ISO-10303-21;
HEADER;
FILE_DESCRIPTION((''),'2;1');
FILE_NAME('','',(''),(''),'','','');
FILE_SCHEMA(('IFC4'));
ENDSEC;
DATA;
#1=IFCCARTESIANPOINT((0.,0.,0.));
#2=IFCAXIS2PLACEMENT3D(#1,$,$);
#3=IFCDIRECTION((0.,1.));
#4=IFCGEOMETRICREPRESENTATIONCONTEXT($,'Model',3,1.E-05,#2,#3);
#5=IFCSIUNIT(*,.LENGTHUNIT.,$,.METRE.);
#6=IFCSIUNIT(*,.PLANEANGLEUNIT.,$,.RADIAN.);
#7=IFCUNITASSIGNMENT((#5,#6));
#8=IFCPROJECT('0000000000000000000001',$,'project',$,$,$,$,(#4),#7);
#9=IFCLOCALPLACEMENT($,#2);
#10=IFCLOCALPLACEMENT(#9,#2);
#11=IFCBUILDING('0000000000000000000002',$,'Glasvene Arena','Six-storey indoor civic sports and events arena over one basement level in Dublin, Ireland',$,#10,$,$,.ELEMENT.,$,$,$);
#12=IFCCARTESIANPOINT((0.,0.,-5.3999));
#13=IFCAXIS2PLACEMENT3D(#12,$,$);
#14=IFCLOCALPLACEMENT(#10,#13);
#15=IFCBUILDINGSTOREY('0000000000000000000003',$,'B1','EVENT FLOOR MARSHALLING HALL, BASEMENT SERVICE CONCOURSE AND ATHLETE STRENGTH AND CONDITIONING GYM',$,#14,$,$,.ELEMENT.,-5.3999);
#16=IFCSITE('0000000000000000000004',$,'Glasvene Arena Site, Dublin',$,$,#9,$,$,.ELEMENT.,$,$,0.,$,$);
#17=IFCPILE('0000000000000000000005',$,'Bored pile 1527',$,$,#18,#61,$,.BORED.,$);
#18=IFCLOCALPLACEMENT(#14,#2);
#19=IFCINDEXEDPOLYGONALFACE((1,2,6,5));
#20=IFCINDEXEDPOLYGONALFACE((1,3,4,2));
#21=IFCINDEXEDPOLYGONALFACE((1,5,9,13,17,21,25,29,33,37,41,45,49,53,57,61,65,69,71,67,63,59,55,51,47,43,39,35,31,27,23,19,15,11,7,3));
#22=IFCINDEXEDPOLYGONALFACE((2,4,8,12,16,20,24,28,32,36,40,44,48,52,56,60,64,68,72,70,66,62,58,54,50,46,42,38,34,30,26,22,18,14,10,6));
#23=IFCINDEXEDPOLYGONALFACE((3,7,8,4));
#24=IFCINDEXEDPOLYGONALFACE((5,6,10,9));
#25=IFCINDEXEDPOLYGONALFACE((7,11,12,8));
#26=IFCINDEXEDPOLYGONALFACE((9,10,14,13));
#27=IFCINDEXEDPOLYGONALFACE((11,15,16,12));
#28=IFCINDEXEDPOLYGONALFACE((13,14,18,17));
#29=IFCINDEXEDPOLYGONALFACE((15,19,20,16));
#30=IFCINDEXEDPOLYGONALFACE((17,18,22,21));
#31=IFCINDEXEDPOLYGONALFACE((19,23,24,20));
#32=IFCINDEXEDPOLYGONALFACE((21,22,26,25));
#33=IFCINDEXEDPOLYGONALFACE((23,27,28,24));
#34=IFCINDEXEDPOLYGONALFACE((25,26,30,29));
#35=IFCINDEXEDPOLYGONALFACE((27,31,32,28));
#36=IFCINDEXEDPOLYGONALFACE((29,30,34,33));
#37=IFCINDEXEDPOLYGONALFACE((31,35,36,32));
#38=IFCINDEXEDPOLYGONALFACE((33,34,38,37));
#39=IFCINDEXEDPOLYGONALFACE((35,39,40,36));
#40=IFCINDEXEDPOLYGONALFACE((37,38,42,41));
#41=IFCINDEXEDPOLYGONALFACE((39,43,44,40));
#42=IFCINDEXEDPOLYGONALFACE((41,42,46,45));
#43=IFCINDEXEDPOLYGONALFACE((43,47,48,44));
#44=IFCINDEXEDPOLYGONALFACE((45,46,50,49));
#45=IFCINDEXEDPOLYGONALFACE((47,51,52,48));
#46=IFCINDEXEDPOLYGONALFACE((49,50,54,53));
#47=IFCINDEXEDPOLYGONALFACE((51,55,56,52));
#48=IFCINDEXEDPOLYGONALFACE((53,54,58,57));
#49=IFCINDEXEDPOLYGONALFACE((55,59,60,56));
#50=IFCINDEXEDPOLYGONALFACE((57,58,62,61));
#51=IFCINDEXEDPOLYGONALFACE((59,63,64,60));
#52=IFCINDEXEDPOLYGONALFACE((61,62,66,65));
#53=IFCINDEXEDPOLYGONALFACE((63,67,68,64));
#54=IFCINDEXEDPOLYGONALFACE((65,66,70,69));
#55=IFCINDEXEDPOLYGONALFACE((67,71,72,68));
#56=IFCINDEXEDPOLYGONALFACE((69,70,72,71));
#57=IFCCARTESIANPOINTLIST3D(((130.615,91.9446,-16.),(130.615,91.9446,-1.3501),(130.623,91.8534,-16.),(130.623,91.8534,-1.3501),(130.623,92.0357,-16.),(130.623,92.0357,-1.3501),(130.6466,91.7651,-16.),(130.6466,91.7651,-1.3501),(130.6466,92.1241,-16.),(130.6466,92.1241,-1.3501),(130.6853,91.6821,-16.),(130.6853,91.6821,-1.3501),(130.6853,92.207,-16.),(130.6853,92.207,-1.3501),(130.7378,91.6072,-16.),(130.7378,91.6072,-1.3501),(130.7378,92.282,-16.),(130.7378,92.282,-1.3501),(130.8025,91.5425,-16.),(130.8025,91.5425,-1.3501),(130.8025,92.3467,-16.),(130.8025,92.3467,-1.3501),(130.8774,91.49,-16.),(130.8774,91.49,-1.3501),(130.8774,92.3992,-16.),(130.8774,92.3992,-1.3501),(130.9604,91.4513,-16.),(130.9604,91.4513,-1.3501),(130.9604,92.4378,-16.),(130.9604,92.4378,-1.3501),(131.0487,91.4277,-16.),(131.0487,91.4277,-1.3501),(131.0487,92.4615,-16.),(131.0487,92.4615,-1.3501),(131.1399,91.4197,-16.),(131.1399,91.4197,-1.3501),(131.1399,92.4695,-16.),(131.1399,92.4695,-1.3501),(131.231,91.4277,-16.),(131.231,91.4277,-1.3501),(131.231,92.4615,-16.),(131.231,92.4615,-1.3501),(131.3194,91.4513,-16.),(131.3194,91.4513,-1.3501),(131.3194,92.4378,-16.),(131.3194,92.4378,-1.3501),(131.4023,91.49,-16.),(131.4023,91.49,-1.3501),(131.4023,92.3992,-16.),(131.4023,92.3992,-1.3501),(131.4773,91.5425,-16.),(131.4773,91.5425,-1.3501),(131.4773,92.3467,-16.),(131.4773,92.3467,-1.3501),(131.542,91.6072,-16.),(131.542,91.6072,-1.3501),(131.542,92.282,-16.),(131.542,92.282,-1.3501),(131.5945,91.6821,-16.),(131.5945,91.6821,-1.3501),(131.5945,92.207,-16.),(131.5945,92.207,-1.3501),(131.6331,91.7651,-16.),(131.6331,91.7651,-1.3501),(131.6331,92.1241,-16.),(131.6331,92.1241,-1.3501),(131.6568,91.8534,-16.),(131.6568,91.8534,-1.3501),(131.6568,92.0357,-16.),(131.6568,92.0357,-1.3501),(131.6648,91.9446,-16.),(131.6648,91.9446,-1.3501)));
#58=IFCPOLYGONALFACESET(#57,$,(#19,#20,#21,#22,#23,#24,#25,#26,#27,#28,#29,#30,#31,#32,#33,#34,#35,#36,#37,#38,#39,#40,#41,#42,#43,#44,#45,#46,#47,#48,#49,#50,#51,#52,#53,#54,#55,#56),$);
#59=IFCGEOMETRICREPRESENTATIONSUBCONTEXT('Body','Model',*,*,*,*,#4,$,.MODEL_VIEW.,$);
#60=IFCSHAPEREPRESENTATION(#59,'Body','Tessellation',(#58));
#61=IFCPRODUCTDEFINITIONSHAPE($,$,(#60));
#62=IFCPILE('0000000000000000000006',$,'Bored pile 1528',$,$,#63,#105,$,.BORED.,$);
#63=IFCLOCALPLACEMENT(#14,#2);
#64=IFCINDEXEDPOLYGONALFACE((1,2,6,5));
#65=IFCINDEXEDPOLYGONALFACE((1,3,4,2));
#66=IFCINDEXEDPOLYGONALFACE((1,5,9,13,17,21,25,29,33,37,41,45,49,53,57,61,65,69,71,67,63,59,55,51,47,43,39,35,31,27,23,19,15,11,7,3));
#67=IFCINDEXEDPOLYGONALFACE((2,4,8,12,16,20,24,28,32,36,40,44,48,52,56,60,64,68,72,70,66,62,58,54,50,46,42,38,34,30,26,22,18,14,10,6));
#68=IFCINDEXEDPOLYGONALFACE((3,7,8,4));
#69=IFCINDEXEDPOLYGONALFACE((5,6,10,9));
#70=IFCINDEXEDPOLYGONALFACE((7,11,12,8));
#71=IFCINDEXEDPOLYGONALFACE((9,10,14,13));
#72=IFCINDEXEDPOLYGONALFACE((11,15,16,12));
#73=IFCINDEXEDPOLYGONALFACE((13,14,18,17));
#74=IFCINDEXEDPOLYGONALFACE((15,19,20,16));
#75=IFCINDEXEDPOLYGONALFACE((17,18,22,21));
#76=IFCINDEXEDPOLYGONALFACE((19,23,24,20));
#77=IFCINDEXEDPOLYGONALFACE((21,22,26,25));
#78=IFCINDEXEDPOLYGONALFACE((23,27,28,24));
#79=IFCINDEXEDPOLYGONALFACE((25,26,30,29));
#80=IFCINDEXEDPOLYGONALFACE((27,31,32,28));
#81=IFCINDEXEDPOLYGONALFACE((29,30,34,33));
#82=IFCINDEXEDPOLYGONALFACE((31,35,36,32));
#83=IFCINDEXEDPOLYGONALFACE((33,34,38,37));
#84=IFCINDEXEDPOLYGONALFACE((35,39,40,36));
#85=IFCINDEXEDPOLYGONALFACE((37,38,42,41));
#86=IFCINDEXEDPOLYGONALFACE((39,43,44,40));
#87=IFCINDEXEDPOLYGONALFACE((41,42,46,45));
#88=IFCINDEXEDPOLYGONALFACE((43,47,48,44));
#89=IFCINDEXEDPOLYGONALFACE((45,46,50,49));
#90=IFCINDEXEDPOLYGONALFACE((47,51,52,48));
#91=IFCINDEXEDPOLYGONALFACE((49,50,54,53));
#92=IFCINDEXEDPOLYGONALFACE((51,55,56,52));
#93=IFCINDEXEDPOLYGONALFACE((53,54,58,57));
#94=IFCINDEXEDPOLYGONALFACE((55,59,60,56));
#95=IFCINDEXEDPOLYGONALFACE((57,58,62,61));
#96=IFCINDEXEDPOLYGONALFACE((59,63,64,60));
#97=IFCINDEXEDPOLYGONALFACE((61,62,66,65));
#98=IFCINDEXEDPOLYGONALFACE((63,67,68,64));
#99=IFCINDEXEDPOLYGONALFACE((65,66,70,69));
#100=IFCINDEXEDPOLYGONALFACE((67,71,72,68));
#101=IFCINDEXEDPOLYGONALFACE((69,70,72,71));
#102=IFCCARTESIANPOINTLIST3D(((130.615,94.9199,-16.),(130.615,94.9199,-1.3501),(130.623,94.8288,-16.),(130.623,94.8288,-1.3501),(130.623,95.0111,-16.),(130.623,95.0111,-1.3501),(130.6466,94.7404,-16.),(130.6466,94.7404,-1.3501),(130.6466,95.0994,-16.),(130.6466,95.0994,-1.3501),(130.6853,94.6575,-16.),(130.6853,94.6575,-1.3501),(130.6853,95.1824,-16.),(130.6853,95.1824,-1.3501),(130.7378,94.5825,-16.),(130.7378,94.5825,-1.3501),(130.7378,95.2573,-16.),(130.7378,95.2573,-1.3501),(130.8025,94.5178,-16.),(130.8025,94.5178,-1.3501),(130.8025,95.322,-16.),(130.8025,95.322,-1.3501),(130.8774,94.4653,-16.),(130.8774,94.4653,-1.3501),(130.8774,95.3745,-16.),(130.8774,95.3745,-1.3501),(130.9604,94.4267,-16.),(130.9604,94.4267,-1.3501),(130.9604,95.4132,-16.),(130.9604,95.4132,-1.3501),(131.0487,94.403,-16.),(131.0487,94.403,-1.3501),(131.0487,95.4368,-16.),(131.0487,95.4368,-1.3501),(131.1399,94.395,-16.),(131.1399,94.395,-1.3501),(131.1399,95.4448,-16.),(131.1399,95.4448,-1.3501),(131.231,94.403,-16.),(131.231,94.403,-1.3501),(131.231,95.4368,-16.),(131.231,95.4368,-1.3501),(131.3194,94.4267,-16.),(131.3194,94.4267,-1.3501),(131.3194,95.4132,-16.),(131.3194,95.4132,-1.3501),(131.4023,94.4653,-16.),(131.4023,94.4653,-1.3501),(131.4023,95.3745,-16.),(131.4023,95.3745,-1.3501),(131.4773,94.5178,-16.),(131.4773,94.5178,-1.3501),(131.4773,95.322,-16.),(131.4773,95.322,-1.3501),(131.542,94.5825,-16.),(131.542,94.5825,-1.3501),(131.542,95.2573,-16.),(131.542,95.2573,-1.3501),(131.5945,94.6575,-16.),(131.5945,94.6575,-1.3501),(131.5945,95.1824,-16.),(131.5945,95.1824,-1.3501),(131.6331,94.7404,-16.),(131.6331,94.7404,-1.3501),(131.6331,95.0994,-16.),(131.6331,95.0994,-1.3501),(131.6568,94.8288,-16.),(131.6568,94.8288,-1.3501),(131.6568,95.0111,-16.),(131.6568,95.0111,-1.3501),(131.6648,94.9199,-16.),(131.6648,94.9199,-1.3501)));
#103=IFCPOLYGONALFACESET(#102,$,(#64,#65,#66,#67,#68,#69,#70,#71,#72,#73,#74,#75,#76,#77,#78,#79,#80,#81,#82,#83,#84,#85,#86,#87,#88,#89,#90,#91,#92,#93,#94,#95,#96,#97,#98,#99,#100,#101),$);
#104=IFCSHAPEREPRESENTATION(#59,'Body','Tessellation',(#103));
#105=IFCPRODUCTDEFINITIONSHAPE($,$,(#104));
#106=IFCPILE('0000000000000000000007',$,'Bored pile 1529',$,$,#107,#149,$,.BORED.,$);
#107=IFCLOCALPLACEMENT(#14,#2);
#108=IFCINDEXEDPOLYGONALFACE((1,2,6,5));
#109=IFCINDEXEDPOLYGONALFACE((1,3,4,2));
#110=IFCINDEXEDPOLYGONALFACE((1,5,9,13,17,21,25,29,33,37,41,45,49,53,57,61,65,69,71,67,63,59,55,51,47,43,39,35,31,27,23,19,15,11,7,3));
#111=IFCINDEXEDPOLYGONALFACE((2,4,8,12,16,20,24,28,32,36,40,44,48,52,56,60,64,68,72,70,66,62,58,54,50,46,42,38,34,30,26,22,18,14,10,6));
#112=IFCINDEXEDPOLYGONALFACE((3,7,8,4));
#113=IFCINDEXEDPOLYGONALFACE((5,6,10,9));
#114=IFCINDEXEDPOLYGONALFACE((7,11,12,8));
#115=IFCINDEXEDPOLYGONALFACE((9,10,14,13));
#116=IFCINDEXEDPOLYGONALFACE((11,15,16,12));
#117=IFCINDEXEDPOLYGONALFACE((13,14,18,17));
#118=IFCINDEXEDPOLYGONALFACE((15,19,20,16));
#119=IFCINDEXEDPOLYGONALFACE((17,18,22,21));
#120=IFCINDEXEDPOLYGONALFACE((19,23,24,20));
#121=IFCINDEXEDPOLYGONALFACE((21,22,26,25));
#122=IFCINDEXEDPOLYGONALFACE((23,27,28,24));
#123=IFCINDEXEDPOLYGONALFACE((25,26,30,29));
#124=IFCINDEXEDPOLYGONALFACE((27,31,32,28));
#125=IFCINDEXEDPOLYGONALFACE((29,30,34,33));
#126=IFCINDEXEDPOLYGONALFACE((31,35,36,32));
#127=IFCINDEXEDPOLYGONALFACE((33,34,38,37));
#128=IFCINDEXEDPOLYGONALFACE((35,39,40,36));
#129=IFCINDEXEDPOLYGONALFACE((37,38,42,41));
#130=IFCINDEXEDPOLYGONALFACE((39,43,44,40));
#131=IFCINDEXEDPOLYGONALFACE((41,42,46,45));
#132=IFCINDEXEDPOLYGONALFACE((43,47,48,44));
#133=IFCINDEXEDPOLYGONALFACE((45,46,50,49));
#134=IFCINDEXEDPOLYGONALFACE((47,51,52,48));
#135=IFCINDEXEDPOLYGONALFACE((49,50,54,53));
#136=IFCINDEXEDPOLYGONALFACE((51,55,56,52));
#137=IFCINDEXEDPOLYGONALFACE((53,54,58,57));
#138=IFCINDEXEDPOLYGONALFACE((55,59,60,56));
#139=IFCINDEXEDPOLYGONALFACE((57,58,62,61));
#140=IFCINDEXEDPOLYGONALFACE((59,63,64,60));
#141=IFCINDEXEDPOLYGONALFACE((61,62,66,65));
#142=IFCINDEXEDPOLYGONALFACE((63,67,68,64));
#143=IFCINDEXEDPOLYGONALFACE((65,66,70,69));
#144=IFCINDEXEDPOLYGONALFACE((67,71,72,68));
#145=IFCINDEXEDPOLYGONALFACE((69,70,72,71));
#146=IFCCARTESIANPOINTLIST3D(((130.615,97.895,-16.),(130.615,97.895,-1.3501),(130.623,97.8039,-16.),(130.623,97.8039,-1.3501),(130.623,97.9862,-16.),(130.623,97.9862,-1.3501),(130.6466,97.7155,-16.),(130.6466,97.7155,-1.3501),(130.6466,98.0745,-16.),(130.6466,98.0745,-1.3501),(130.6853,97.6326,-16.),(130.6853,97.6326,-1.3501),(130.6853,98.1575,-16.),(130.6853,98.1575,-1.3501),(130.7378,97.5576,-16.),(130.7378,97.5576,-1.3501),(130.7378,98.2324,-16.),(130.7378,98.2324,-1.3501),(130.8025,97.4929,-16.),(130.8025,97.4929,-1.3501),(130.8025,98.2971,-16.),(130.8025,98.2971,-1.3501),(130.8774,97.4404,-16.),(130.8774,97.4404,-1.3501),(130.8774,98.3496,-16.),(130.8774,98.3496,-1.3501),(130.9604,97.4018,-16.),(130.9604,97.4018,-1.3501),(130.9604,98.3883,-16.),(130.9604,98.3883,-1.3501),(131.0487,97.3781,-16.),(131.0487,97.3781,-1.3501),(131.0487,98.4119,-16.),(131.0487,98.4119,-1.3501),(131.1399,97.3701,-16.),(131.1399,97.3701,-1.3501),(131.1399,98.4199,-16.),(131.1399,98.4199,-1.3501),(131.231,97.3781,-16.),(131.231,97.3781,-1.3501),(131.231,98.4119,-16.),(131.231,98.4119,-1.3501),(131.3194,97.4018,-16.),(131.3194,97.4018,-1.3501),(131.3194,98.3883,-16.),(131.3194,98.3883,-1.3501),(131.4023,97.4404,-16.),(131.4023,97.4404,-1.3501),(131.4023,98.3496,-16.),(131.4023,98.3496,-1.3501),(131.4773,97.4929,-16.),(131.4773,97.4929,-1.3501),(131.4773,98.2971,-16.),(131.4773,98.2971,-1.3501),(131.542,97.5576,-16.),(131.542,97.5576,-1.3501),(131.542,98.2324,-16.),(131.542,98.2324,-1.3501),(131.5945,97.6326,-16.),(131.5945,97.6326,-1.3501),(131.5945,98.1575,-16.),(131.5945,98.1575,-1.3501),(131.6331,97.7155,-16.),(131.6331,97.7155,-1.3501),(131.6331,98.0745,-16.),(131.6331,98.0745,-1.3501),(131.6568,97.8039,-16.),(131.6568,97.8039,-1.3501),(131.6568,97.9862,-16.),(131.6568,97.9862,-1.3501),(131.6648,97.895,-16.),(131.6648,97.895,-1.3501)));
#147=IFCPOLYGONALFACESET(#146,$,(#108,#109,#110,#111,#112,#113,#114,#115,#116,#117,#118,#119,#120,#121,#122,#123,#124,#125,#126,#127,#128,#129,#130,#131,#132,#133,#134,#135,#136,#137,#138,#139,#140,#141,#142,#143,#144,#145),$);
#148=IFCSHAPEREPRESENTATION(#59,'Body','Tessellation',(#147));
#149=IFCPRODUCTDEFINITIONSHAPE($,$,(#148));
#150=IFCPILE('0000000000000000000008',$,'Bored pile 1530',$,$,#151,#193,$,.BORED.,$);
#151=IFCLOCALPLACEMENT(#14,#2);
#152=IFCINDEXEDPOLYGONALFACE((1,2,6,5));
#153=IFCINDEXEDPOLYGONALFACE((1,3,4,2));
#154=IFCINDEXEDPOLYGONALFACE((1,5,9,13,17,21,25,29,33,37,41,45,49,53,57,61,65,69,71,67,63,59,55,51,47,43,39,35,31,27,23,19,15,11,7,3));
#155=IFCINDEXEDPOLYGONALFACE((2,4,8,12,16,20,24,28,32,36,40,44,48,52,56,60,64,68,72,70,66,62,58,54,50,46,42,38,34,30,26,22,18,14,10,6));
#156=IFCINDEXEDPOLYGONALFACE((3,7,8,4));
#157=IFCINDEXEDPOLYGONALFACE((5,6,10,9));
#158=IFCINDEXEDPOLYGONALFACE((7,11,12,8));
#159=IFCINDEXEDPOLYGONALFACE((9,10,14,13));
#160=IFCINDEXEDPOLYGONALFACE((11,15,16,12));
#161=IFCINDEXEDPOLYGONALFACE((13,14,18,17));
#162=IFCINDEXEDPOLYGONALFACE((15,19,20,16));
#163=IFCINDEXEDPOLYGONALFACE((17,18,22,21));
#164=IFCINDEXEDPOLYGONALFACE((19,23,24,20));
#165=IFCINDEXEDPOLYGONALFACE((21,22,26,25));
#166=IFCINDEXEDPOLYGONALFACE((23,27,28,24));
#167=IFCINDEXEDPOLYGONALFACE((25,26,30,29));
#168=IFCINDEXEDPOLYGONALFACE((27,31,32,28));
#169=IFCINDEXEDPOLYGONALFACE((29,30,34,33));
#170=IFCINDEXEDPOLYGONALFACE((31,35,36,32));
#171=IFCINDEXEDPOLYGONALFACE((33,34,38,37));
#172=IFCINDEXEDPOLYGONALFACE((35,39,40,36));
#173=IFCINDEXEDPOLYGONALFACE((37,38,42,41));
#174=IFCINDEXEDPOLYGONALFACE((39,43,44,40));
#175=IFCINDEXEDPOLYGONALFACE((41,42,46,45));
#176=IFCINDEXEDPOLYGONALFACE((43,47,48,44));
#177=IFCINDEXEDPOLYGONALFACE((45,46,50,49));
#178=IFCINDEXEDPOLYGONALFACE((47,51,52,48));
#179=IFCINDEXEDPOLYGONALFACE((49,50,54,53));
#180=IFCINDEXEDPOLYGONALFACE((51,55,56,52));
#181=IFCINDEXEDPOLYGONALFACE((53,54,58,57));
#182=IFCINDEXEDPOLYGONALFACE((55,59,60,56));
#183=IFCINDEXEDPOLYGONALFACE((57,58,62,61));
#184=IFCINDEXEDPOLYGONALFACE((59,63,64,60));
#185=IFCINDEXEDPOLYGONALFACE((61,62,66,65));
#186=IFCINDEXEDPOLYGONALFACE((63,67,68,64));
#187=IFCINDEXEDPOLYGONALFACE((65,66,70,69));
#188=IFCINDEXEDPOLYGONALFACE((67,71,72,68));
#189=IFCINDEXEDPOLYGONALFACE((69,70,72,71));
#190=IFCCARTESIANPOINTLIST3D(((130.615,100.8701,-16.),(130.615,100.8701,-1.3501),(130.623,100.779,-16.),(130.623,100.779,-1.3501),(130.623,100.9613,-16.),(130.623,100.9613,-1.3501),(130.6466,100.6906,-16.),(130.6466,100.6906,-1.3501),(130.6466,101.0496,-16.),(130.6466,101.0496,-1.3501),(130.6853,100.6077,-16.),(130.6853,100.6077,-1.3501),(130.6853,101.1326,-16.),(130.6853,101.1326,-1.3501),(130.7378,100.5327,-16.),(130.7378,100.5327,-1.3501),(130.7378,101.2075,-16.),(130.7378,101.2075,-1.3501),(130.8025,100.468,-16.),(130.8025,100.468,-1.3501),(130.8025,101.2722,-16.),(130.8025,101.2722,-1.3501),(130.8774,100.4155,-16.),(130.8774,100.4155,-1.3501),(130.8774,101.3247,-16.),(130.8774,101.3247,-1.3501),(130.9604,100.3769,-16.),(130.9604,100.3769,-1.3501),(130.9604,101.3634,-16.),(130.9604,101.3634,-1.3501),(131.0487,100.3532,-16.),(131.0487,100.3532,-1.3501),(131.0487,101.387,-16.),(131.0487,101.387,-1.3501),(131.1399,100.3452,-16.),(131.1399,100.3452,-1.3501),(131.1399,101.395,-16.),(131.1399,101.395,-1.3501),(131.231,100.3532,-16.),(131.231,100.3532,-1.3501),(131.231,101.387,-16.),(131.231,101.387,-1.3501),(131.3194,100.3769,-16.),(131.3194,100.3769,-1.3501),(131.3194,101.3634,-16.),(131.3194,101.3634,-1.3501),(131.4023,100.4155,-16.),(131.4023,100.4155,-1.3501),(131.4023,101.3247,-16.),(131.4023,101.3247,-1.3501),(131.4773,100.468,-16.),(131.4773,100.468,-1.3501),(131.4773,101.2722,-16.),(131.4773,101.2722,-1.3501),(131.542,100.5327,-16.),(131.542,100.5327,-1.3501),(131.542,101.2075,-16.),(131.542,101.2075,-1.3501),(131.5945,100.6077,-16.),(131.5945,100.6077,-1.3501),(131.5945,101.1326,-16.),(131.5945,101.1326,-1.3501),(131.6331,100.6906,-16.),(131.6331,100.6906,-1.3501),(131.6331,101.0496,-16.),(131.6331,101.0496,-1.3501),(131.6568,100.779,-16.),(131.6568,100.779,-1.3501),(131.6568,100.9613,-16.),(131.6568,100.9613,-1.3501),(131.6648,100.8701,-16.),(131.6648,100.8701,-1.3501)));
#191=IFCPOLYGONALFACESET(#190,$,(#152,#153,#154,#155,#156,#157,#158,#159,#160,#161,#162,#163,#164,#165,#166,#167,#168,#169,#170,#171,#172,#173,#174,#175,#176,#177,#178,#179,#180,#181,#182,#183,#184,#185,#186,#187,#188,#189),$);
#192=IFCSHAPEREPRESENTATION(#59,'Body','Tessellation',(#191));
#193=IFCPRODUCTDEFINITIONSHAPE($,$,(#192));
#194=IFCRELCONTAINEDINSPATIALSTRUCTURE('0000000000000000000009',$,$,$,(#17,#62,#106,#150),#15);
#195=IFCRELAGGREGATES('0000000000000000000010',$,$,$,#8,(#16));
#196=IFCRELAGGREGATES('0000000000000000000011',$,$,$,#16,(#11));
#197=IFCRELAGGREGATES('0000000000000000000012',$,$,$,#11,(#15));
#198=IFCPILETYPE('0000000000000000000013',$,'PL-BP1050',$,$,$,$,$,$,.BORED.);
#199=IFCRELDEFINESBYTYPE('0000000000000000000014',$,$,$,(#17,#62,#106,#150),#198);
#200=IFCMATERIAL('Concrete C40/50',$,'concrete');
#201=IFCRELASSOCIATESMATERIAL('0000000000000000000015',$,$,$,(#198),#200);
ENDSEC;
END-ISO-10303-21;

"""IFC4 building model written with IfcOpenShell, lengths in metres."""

from ifc_helpers import new_model, si_unit, direction, frame, origin, origin_2d, place, context, subcontext, project, spatial, circle, extrude, material, material_profile, profile_set, type_object, element, save


model = new_model("IFC4")

# Units and contexts
model_context = context("Model", 3, precision=1e-05, world=origin(), true_north=direction((0.0, 1.0)))
body_context = subcontext(model_context, "Body", "Model", "MODEL_VIEW")
ifc_project = project(units=[si_unit("LENGTHUNIT", "METRE"), si_unit("PLANEANGLEUNIT", "RADIAN")], contexts=[model_context])

# Site, building, storey
site_placement = place(None, origin())
site = spatial("IfcSite", under=ifc_project, at=site_placement, Name="Glasvene Arena Site, Dublin", CompositionType="ELEMENT", RefElevation=0.0)
building_placement = place(site_placement, origin())
building = spatial("IfcBuilding", under=site, at=building_placement, Name="Glasvene Arena", Description="Six-storey indoor civic sports and events arena over one basement level in Dublin, Ireland", CompositionType="ELEMENT")
storey_placement = place(building_placement, frame((0.0, 0.0, -5.3999)))
storey = spatial("IfcBuildingStorey", under=building, at=storey_placement, Name="B1", Description="EVENT FLOOR MARSHALLING HALL, BASEMENT SERVICE CONCOURSE AND ATHLETE STRENGTH AND CONDITIONING GYM", CompositionType="ELEMENT", Elevation=-5.3999)

# Piles
ifc_material_1 = material(Name="Concrete C40/50", Category="concrete")
ifc_material_profile_1 = material_profile(ifc_material_1, circle(Radius=0.5249, at=origin_2d()), Name="BORED PILE 1050")
ifc_profile_set_1 = profile_set([ifc_material_profile_1], Name="Concrete C40/50")
pile_type = type_object("IfcPileType", Name="PL-BP1050", PredefinedType="BORED", material=ifc_profile_set_1)
for number, where, z_axis, x_axis, name in (
    (1, (131.1399, 91.9446, -1.3501), (0.0, 0.0, -1.0), (1.0, 0.0, 0.0), "Bored pile 1527"),
    (2, (131.1399, 94.9199, -1.3501), (0.0, 0.0, -1.0), (1.0, 0.0, 0.0), "Bored pile 1528"),
    (3, (131.1399, 97.895, -1.3501), (0.0, 0.0, -1.0), (1.0, 0.0, 0.0), "Bored pile 1529"),
    (4, (131.1399, 100.8701, -1.3501), (0.0, 0.0, -1.0), (1.0, 0.0, 0.0), "Bored pile 1530"),
):
    element("IfcPile", number, at=place(storey_placement, frame(where, z_axis=z_axis, x_axis=x_axis)), inside=storey, type_object=pile_type, Name=name, PredefinedType="BORED", context=body_context, shape_type="SweptSolid", body=[
        extrude(circle(Radius=0.5249, at=origin_2d()), origin(), (0.0, 0.0, 1.0), 14.6499),
    ])

save(model, "model.ifc")
